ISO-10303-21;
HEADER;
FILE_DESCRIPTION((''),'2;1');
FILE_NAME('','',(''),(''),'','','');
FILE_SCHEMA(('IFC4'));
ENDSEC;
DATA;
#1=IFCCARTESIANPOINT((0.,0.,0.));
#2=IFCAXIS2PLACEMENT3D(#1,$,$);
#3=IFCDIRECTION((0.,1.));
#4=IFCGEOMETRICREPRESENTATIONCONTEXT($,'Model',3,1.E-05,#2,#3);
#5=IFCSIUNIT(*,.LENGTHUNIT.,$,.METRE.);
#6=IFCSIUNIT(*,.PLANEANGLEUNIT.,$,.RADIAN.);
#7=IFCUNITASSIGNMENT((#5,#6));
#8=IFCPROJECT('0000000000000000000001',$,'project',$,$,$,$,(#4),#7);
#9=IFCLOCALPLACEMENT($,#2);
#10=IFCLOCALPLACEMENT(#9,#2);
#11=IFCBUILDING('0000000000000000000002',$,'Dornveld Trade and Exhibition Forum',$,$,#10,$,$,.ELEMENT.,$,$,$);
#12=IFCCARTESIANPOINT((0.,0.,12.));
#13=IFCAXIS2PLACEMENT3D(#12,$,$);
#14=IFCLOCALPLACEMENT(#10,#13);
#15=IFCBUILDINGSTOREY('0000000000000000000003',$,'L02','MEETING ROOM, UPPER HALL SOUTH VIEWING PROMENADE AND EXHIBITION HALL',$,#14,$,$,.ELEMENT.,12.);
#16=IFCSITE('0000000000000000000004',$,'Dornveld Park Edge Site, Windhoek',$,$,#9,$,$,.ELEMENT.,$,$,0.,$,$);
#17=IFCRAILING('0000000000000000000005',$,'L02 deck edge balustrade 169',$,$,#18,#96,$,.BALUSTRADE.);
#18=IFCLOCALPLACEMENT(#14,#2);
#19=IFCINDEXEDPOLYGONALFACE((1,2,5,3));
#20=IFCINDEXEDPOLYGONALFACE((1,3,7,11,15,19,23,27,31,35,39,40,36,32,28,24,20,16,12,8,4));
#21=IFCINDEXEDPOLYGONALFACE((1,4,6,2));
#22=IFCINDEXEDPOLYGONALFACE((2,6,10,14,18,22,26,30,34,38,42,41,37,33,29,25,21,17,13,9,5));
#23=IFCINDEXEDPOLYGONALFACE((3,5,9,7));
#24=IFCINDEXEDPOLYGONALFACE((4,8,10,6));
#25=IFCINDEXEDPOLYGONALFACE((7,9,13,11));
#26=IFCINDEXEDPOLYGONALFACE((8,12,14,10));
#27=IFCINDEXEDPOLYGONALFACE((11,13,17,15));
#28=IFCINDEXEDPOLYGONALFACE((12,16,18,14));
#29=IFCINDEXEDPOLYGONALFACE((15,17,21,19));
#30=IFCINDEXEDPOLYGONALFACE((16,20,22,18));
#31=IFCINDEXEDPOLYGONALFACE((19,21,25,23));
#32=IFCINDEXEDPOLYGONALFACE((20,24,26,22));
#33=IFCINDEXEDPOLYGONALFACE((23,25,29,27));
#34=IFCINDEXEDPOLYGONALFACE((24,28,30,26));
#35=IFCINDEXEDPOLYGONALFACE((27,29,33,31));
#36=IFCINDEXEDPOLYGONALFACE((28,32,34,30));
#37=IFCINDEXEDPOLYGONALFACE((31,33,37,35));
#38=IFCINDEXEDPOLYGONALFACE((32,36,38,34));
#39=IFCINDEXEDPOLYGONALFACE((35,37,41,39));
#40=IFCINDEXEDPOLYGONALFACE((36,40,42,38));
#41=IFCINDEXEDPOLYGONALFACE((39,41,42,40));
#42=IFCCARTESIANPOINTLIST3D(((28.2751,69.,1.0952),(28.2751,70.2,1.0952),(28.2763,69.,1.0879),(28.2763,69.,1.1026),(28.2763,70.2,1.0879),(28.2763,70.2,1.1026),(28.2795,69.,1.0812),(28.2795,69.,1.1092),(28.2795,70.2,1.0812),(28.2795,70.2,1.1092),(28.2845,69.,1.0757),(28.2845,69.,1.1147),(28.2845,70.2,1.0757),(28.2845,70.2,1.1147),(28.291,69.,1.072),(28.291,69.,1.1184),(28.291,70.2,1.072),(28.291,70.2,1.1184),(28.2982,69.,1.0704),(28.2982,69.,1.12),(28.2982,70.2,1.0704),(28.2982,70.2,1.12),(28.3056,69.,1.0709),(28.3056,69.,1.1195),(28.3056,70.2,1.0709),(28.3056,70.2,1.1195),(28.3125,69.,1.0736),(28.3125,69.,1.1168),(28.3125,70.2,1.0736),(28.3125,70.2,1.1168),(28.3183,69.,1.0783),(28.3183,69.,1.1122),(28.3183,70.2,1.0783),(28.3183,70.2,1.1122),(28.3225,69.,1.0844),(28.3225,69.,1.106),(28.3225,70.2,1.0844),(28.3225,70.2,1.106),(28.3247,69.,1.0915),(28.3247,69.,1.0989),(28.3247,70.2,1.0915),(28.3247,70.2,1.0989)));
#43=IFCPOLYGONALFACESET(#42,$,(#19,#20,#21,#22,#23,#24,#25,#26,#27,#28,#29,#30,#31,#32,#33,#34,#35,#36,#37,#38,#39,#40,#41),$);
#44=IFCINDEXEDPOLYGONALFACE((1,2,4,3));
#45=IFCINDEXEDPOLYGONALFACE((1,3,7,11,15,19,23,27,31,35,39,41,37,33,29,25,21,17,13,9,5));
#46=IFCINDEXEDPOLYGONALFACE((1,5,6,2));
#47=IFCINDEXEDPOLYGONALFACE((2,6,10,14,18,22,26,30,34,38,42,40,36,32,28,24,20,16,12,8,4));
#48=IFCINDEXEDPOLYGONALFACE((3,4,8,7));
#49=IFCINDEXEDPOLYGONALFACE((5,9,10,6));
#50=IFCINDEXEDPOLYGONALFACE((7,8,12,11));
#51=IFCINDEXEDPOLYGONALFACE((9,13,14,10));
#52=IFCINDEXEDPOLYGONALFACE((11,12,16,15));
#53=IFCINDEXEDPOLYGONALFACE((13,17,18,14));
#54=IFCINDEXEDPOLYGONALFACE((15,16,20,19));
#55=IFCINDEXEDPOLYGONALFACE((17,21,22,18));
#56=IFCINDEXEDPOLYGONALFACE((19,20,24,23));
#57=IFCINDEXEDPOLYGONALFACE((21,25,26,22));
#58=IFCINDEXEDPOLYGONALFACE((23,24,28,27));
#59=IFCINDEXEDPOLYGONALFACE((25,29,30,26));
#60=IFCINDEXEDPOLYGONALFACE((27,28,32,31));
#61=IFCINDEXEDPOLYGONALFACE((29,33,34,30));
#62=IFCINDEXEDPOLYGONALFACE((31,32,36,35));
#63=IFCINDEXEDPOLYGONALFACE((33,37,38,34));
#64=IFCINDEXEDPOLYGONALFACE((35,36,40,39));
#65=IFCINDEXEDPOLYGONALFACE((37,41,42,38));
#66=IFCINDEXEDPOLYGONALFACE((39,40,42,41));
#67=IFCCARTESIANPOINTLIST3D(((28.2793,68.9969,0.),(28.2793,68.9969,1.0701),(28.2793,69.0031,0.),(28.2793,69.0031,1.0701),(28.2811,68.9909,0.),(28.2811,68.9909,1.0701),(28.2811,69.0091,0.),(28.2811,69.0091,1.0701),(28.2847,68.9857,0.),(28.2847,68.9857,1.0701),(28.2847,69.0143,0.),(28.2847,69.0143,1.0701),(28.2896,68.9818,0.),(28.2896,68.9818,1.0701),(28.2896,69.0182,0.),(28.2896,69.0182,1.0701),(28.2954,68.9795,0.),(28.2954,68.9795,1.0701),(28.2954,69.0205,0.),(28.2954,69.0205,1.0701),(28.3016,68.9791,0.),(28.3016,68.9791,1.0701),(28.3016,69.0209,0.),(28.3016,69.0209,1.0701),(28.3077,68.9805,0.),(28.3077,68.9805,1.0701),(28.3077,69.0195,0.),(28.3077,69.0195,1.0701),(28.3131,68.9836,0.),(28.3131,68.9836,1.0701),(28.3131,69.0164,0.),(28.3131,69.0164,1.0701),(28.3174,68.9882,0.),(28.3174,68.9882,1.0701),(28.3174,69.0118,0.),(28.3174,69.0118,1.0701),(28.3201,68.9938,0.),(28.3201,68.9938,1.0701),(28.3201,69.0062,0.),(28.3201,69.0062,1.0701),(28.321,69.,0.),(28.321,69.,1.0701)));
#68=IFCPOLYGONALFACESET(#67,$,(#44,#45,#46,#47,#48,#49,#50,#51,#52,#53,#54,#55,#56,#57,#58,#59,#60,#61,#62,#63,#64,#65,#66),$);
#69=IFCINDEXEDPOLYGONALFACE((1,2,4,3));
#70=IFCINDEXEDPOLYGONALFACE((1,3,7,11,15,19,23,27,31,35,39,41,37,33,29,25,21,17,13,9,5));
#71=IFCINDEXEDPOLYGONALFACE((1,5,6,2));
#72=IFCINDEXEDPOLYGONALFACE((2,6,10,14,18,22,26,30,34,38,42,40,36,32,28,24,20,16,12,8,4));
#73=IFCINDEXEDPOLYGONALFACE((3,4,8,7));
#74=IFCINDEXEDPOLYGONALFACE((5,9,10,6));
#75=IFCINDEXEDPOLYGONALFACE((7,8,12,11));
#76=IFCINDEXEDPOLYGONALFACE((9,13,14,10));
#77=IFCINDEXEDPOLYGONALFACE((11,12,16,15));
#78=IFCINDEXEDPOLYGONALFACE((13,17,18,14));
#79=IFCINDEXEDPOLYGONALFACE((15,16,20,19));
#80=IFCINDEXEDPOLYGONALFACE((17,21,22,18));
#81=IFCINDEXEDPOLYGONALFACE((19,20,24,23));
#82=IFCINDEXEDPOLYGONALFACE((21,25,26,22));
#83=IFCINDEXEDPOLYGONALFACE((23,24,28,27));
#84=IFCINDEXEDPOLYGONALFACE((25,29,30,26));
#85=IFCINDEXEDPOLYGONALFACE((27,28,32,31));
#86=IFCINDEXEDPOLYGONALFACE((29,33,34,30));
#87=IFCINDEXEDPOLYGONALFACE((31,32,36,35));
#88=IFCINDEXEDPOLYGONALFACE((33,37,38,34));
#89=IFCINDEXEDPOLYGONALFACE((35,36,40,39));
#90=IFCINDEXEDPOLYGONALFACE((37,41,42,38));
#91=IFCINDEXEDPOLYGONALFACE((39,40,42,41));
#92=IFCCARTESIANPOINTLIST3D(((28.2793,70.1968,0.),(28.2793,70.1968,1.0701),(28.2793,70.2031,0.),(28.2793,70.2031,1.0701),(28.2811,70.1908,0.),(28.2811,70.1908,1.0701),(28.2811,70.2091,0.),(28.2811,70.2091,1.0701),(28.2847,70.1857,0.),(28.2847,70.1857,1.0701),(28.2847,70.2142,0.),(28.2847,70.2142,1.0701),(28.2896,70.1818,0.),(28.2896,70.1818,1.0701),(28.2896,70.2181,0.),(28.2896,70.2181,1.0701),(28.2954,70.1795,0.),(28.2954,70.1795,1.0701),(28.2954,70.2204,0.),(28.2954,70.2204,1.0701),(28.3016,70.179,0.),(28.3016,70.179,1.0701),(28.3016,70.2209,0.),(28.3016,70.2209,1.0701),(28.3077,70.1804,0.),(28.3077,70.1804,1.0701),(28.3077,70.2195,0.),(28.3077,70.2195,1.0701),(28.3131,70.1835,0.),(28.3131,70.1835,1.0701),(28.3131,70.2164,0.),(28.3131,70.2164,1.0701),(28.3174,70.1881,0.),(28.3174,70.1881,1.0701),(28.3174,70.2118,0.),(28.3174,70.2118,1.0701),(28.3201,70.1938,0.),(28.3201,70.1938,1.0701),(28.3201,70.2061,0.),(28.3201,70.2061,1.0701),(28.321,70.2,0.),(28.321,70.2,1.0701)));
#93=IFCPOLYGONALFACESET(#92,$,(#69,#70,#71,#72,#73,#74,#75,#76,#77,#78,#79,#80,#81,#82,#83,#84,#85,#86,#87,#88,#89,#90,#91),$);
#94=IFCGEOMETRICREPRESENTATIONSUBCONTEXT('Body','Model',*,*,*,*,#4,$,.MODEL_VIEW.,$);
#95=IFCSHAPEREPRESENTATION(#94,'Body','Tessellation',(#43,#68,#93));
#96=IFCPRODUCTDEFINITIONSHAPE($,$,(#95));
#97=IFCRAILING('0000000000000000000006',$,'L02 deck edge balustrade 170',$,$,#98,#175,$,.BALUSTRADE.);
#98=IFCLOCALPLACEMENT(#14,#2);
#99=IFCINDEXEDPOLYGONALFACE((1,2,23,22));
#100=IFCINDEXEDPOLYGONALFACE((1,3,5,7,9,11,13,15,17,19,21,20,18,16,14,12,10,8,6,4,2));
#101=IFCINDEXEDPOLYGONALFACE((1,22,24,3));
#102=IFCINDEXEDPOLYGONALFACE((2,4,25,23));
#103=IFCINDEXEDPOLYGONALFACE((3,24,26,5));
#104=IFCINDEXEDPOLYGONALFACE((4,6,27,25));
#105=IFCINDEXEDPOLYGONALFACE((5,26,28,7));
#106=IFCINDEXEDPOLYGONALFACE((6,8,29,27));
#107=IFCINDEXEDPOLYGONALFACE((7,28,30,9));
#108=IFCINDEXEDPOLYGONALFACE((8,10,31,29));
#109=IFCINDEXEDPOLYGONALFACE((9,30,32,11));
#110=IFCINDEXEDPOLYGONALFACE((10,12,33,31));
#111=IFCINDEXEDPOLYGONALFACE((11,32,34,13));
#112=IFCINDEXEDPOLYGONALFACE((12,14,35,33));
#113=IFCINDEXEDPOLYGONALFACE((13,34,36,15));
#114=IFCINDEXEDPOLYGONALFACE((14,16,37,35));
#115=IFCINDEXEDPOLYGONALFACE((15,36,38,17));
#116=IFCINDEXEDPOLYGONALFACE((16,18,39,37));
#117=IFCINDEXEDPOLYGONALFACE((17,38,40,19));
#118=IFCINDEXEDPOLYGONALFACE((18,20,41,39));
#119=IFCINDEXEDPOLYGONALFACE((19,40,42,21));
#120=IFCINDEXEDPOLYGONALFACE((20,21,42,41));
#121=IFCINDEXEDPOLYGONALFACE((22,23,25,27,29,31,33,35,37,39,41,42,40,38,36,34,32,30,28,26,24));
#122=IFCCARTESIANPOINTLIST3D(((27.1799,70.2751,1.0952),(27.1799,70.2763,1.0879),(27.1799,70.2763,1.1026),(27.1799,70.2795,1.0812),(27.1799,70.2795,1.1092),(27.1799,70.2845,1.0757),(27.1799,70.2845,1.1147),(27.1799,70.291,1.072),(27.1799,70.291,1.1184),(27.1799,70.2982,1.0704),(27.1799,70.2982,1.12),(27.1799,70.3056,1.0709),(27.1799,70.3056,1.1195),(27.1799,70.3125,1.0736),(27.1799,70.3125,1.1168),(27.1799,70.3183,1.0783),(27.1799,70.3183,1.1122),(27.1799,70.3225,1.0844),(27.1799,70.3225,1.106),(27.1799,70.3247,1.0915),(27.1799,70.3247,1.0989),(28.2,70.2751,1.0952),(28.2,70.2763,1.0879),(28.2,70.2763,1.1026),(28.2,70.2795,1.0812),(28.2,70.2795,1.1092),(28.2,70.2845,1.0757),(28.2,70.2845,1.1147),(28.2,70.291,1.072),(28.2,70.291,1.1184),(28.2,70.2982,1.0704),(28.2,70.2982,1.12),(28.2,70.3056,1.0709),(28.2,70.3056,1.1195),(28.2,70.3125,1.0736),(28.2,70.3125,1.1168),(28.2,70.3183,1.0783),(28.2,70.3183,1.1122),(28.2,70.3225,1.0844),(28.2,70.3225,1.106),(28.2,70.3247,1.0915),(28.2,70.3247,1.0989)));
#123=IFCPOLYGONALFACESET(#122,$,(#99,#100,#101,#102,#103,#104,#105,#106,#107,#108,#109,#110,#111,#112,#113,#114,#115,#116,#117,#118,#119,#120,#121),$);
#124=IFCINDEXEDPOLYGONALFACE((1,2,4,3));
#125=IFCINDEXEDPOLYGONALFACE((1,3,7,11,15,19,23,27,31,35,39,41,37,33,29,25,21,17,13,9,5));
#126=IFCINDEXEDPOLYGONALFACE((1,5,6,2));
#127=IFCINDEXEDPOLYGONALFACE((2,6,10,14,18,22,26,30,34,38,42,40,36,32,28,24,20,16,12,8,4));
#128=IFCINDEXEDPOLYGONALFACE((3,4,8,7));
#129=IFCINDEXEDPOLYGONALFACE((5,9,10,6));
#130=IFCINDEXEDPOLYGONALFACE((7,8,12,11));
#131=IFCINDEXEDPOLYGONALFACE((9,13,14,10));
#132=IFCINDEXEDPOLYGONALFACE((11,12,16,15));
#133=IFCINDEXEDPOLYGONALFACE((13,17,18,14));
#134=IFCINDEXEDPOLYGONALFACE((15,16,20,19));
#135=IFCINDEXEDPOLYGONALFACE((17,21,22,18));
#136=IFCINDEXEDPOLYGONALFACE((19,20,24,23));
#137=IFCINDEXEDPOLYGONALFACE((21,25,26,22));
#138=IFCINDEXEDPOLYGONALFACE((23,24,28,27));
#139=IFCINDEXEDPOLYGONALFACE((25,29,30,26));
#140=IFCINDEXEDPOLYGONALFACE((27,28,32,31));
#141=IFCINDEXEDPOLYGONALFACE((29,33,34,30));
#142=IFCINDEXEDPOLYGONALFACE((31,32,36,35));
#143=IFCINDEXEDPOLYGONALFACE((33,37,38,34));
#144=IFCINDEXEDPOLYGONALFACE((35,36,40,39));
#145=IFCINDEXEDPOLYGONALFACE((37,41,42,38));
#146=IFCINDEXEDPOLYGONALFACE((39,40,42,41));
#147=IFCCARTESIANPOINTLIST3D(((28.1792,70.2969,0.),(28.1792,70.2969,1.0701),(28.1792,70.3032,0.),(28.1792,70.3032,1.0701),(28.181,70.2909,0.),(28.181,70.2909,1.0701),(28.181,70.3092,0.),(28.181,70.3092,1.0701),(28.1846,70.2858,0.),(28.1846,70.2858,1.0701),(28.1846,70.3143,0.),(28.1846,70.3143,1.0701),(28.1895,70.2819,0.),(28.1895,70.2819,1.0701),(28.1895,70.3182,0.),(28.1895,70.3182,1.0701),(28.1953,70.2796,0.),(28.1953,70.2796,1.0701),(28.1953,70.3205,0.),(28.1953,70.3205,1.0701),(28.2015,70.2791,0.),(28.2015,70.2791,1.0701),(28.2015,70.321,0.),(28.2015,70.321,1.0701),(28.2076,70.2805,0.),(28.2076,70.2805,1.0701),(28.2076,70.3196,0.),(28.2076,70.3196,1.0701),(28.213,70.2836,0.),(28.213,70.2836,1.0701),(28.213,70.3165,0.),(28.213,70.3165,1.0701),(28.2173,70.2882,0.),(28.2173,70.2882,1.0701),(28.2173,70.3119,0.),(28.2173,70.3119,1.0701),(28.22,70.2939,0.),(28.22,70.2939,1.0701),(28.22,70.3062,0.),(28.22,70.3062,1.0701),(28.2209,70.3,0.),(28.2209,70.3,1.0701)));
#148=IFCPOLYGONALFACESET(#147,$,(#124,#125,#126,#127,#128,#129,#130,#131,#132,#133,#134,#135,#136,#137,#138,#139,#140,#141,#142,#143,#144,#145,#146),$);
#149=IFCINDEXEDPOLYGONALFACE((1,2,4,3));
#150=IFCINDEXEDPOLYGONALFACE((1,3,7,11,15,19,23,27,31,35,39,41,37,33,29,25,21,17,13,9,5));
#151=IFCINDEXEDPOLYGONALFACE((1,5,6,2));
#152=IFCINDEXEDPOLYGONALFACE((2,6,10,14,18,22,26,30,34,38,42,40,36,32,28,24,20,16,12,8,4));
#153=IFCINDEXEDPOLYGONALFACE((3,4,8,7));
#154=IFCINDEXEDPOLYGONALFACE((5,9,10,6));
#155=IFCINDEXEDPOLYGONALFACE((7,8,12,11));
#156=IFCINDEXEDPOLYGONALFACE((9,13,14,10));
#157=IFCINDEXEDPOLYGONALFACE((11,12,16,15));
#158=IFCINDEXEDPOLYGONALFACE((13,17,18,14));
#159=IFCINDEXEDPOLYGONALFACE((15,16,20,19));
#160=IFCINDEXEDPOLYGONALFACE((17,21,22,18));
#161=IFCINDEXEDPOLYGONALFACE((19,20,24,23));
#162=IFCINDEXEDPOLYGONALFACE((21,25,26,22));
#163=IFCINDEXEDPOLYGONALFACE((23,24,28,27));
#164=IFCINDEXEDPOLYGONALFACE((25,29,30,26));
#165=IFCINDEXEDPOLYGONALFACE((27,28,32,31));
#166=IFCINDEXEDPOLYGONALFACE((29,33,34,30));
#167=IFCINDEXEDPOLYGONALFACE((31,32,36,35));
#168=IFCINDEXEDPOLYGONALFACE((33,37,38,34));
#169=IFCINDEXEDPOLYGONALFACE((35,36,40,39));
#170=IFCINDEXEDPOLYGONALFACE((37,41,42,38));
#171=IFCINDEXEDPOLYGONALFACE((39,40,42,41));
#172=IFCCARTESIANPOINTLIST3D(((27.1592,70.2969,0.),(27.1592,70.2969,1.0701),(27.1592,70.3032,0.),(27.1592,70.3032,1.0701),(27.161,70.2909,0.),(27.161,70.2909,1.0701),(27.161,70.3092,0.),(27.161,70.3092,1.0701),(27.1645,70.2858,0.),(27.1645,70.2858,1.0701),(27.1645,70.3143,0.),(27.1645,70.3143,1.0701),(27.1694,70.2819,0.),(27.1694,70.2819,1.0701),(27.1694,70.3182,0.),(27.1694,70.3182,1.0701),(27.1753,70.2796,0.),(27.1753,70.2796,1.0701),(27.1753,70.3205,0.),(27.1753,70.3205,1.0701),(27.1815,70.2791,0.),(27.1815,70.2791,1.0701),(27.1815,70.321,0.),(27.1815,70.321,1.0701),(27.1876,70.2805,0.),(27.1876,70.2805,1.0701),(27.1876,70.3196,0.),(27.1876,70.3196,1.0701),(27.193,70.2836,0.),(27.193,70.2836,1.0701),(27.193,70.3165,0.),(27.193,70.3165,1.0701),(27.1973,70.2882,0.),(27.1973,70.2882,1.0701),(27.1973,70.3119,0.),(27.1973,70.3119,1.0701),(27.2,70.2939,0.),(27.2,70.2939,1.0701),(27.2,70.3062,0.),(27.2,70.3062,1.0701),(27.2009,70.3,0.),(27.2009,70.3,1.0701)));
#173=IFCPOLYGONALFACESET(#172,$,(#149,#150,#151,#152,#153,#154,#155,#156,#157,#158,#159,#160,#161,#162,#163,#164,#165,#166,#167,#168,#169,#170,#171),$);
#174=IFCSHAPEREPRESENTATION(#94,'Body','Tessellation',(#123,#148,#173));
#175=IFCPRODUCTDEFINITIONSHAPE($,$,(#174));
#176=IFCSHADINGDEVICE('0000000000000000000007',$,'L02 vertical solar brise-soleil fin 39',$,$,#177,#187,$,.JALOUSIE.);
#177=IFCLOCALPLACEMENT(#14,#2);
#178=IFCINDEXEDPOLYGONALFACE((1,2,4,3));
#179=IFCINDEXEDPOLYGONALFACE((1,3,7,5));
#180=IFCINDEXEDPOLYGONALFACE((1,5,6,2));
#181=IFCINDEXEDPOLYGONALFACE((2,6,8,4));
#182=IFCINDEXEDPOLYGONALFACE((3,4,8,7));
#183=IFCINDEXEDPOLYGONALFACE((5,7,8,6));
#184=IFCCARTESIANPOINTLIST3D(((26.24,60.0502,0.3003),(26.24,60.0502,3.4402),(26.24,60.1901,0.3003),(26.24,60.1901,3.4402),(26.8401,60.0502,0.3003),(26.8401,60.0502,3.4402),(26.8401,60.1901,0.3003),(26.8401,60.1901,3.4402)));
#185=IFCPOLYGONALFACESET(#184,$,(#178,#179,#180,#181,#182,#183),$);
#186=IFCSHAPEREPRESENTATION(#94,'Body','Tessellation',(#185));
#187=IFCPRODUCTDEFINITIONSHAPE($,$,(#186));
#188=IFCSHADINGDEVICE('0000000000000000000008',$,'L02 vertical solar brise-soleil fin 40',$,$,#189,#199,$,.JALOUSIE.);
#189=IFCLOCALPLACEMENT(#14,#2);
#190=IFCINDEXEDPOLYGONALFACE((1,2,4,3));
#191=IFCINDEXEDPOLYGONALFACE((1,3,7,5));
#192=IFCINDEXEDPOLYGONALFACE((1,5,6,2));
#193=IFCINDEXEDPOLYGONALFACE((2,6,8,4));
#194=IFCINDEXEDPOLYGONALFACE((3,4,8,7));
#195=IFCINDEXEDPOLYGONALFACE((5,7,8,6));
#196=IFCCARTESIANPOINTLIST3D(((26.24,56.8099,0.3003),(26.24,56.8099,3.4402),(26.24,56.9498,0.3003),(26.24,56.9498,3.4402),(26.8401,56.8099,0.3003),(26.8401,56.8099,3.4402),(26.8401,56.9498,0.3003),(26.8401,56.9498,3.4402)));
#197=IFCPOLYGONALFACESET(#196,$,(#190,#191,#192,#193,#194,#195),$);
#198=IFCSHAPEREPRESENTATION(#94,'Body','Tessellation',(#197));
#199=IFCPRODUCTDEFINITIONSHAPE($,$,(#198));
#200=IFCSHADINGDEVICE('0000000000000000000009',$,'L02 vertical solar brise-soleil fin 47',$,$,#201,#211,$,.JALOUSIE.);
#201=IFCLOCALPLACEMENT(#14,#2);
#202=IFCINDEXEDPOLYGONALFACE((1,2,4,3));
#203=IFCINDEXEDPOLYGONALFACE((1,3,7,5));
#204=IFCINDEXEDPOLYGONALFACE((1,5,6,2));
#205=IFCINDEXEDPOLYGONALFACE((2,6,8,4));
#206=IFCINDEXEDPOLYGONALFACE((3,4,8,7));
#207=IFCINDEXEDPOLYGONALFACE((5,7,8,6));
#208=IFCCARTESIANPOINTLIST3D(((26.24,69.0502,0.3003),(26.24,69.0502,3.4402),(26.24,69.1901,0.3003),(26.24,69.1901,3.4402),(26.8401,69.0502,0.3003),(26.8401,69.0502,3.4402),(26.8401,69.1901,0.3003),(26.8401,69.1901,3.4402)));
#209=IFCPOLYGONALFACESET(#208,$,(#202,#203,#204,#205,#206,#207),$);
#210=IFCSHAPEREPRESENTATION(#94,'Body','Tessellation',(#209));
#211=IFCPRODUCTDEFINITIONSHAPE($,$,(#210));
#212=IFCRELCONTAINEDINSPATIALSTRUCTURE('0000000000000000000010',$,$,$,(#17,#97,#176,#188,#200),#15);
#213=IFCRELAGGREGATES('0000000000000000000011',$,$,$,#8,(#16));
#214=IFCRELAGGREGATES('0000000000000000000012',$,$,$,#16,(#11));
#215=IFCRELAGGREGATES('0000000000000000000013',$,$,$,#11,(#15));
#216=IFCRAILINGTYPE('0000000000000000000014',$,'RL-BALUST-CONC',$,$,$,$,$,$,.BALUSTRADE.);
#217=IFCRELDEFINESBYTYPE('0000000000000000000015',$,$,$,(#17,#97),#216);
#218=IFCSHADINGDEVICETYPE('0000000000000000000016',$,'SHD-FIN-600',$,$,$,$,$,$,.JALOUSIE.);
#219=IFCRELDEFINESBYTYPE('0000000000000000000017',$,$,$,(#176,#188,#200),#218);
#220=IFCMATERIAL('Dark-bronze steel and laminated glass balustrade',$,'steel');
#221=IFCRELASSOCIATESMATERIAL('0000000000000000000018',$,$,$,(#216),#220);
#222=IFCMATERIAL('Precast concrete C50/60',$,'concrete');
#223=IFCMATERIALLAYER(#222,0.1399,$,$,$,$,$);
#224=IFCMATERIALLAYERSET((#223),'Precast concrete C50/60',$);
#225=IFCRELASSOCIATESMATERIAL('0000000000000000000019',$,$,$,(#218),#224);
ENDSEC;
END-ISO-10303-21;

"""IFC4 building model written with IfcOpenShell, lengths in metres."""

from ifc_helpers import new_model, si_unit, direction, frame, origin, origin_2d, place, context, subcontext, project, spatial, rectangle, circle, extrude, material, layer, layer_set, type_object, element, save


model = new_model("IFC4")

# Units and contexts
model_context = context("Model", 3, precision=1e-05, world=origin(), true_north=direction((0.0, 1.0)))
body_context = subcontext(model_context, "Body", "Model", "MODEL_VIEW")
ifc_project = project(units=[si_unit("LENGTHUNIT", "METRE"), si_unit("PLANEANGLEUNIT", "RADIAN")], contexts=[model_context])

# Site, building, storey
site_placement = place(None, origin())
site = spatial("IfcSite", under=ifc_project, at=site_placement, Name="Dornveld Park Edge Site, Windhoek", CompositionType="ELEMENT", RefElevation=0.0)
building_placement = place(site_placement, origin())
building = spatial("IfcBuilding", under=site, at=building_placement, Name="Dornveld Trade and Exhibition Forum", CompositionType="ELEMENT")
storey_placement = place(building_placement, frame((0.0, 0.0, 12.0)))
storey = spatial("IfcBuildingStorey", under=building, at=storey_placement, Name="L02", Description="MEETING ROOM, UPPER HALL SOUTH VIEWING PROMENADE AND EXHIBITION HALL", CompositionType="ELEMENT", Elevation=12.0)

# Railings
ifc_material_1 = material(Name="Dark-bronze steel and laminated glass balustrade", Category="steel")
railing_type = type_object("IfcRailingType", Name="RL-BALUST-CONC", PredefinedType="BALUSTRADE", material=ifc_material_1)
railing_1_placement = place(storey_placement, frame((28.3, 69.0, 0.0)))
element("IfcRailing", 1, at=railing_1_placement, inside=storey, type_object=railing_type, Name="L02 deck edge balustrade 169", PredefinedType="BALUSTRADE", context=body_context, shape_type="SweptSolid", body=[
    extrude(circle(Radius=0.0249, at=origin_2d()), frame((0.0, 0.0, 1.0952), z_axis=(0.0, 1.0, 0.0), x_axis=(-1.0, 0.0, 0.0)), (0.0, 0.0, 1.0), 1.2),
    extrude(circle(Radius=0.021, at=origin_2d()), origin(), (0.0, 0.0, 1.0), 1.0701),
    extrude(circle(Radius=0.021, at=origin_2d()), frame((0.0, 1.2, 0.0)), (0.0, 0.0, 1.0), 1.0701),
])
railing_2_placement = place(storey_placement, frame((28.2, 70.3, 0.0)))
element("IfcRailing", 2, at=railing_2_placement, inside=storey, type_object=railing_type, Name="L02 deck edge balustrade 170", PredefinedType="BALUSTRADE", context=body_context, shape_type="SweptSolid", body=[
    extrude(circle(Radius=0.0249, at=origin_2d()), frame((0.0, 0.0, 1.0952), z_axis=(-1.0, 0.0, 0.0), x_axis=(0.0, -1.0, 0.0)), (0.0, 0.0, 1.0), 1.02),
    extrude(circle(Radius=0.021, at=origin_2d()), origin(), (0.0, 0.0, 1.0), 1.0701),
    extrude(circle(Radius=0.021, at=origin_2d()), frame((-1.02, 0.0, 0.0)), (0.0, 0.0, 1.0), 1.0701),
])

# Shading devices
ifc_material_2 = material(Name="Precast concrete C50/60", Category="concrete")
ifc_layer_1 = layer(ifc_material_2, 0.1399)
ifc_layer_set_1 = layer_set([ifc_layer_1], Name="Precast concrete C50/60")
shading_device_type = type_object("IfcShadingDeviceType", Name="SHD-FIN-600", PredefinedType="JALOUSIE", material=ifc_layer_set_1)
for number, where, z_axis, x_axis, name in (
    (3, (26.54, 60.1201, 0.3003), (0.0, 0.0, 1.0), (0.0, -1.0, 0.0), "L02 vertical solar brise-soleil fin 39"),
    (4, (26.54, 56.8799, 0.3003), (0.0, 0.0, 1.0), (0.0, -1.0, 0.0), "L02 vertical solar brise-soleil fin 40"),
    (5, (26.54, 69.1201, 0.3003), (0.0, 0.0, 1.0), (0.0, -1.0, 0.0), "L02 vertical solar brise-soleil fin 47"),
):
    element("IfcShadingDevice", number, at=place(storey_placement, frame(where, z_axis=z_axis, x_axis=x_axis)), inside=storey, type_object=shading_device_type, Name=name, PredefinedType="JALOUSIE", context=body_context, shape_type="SweptSolid", body=[
        extrude(rectangle(XDim=0.1399, YDim=0.6001, at=origin_2d()), origin(), (0.0, 0.0, 1.0), 3.1399),
    ])

save(model, "model.ifc")
